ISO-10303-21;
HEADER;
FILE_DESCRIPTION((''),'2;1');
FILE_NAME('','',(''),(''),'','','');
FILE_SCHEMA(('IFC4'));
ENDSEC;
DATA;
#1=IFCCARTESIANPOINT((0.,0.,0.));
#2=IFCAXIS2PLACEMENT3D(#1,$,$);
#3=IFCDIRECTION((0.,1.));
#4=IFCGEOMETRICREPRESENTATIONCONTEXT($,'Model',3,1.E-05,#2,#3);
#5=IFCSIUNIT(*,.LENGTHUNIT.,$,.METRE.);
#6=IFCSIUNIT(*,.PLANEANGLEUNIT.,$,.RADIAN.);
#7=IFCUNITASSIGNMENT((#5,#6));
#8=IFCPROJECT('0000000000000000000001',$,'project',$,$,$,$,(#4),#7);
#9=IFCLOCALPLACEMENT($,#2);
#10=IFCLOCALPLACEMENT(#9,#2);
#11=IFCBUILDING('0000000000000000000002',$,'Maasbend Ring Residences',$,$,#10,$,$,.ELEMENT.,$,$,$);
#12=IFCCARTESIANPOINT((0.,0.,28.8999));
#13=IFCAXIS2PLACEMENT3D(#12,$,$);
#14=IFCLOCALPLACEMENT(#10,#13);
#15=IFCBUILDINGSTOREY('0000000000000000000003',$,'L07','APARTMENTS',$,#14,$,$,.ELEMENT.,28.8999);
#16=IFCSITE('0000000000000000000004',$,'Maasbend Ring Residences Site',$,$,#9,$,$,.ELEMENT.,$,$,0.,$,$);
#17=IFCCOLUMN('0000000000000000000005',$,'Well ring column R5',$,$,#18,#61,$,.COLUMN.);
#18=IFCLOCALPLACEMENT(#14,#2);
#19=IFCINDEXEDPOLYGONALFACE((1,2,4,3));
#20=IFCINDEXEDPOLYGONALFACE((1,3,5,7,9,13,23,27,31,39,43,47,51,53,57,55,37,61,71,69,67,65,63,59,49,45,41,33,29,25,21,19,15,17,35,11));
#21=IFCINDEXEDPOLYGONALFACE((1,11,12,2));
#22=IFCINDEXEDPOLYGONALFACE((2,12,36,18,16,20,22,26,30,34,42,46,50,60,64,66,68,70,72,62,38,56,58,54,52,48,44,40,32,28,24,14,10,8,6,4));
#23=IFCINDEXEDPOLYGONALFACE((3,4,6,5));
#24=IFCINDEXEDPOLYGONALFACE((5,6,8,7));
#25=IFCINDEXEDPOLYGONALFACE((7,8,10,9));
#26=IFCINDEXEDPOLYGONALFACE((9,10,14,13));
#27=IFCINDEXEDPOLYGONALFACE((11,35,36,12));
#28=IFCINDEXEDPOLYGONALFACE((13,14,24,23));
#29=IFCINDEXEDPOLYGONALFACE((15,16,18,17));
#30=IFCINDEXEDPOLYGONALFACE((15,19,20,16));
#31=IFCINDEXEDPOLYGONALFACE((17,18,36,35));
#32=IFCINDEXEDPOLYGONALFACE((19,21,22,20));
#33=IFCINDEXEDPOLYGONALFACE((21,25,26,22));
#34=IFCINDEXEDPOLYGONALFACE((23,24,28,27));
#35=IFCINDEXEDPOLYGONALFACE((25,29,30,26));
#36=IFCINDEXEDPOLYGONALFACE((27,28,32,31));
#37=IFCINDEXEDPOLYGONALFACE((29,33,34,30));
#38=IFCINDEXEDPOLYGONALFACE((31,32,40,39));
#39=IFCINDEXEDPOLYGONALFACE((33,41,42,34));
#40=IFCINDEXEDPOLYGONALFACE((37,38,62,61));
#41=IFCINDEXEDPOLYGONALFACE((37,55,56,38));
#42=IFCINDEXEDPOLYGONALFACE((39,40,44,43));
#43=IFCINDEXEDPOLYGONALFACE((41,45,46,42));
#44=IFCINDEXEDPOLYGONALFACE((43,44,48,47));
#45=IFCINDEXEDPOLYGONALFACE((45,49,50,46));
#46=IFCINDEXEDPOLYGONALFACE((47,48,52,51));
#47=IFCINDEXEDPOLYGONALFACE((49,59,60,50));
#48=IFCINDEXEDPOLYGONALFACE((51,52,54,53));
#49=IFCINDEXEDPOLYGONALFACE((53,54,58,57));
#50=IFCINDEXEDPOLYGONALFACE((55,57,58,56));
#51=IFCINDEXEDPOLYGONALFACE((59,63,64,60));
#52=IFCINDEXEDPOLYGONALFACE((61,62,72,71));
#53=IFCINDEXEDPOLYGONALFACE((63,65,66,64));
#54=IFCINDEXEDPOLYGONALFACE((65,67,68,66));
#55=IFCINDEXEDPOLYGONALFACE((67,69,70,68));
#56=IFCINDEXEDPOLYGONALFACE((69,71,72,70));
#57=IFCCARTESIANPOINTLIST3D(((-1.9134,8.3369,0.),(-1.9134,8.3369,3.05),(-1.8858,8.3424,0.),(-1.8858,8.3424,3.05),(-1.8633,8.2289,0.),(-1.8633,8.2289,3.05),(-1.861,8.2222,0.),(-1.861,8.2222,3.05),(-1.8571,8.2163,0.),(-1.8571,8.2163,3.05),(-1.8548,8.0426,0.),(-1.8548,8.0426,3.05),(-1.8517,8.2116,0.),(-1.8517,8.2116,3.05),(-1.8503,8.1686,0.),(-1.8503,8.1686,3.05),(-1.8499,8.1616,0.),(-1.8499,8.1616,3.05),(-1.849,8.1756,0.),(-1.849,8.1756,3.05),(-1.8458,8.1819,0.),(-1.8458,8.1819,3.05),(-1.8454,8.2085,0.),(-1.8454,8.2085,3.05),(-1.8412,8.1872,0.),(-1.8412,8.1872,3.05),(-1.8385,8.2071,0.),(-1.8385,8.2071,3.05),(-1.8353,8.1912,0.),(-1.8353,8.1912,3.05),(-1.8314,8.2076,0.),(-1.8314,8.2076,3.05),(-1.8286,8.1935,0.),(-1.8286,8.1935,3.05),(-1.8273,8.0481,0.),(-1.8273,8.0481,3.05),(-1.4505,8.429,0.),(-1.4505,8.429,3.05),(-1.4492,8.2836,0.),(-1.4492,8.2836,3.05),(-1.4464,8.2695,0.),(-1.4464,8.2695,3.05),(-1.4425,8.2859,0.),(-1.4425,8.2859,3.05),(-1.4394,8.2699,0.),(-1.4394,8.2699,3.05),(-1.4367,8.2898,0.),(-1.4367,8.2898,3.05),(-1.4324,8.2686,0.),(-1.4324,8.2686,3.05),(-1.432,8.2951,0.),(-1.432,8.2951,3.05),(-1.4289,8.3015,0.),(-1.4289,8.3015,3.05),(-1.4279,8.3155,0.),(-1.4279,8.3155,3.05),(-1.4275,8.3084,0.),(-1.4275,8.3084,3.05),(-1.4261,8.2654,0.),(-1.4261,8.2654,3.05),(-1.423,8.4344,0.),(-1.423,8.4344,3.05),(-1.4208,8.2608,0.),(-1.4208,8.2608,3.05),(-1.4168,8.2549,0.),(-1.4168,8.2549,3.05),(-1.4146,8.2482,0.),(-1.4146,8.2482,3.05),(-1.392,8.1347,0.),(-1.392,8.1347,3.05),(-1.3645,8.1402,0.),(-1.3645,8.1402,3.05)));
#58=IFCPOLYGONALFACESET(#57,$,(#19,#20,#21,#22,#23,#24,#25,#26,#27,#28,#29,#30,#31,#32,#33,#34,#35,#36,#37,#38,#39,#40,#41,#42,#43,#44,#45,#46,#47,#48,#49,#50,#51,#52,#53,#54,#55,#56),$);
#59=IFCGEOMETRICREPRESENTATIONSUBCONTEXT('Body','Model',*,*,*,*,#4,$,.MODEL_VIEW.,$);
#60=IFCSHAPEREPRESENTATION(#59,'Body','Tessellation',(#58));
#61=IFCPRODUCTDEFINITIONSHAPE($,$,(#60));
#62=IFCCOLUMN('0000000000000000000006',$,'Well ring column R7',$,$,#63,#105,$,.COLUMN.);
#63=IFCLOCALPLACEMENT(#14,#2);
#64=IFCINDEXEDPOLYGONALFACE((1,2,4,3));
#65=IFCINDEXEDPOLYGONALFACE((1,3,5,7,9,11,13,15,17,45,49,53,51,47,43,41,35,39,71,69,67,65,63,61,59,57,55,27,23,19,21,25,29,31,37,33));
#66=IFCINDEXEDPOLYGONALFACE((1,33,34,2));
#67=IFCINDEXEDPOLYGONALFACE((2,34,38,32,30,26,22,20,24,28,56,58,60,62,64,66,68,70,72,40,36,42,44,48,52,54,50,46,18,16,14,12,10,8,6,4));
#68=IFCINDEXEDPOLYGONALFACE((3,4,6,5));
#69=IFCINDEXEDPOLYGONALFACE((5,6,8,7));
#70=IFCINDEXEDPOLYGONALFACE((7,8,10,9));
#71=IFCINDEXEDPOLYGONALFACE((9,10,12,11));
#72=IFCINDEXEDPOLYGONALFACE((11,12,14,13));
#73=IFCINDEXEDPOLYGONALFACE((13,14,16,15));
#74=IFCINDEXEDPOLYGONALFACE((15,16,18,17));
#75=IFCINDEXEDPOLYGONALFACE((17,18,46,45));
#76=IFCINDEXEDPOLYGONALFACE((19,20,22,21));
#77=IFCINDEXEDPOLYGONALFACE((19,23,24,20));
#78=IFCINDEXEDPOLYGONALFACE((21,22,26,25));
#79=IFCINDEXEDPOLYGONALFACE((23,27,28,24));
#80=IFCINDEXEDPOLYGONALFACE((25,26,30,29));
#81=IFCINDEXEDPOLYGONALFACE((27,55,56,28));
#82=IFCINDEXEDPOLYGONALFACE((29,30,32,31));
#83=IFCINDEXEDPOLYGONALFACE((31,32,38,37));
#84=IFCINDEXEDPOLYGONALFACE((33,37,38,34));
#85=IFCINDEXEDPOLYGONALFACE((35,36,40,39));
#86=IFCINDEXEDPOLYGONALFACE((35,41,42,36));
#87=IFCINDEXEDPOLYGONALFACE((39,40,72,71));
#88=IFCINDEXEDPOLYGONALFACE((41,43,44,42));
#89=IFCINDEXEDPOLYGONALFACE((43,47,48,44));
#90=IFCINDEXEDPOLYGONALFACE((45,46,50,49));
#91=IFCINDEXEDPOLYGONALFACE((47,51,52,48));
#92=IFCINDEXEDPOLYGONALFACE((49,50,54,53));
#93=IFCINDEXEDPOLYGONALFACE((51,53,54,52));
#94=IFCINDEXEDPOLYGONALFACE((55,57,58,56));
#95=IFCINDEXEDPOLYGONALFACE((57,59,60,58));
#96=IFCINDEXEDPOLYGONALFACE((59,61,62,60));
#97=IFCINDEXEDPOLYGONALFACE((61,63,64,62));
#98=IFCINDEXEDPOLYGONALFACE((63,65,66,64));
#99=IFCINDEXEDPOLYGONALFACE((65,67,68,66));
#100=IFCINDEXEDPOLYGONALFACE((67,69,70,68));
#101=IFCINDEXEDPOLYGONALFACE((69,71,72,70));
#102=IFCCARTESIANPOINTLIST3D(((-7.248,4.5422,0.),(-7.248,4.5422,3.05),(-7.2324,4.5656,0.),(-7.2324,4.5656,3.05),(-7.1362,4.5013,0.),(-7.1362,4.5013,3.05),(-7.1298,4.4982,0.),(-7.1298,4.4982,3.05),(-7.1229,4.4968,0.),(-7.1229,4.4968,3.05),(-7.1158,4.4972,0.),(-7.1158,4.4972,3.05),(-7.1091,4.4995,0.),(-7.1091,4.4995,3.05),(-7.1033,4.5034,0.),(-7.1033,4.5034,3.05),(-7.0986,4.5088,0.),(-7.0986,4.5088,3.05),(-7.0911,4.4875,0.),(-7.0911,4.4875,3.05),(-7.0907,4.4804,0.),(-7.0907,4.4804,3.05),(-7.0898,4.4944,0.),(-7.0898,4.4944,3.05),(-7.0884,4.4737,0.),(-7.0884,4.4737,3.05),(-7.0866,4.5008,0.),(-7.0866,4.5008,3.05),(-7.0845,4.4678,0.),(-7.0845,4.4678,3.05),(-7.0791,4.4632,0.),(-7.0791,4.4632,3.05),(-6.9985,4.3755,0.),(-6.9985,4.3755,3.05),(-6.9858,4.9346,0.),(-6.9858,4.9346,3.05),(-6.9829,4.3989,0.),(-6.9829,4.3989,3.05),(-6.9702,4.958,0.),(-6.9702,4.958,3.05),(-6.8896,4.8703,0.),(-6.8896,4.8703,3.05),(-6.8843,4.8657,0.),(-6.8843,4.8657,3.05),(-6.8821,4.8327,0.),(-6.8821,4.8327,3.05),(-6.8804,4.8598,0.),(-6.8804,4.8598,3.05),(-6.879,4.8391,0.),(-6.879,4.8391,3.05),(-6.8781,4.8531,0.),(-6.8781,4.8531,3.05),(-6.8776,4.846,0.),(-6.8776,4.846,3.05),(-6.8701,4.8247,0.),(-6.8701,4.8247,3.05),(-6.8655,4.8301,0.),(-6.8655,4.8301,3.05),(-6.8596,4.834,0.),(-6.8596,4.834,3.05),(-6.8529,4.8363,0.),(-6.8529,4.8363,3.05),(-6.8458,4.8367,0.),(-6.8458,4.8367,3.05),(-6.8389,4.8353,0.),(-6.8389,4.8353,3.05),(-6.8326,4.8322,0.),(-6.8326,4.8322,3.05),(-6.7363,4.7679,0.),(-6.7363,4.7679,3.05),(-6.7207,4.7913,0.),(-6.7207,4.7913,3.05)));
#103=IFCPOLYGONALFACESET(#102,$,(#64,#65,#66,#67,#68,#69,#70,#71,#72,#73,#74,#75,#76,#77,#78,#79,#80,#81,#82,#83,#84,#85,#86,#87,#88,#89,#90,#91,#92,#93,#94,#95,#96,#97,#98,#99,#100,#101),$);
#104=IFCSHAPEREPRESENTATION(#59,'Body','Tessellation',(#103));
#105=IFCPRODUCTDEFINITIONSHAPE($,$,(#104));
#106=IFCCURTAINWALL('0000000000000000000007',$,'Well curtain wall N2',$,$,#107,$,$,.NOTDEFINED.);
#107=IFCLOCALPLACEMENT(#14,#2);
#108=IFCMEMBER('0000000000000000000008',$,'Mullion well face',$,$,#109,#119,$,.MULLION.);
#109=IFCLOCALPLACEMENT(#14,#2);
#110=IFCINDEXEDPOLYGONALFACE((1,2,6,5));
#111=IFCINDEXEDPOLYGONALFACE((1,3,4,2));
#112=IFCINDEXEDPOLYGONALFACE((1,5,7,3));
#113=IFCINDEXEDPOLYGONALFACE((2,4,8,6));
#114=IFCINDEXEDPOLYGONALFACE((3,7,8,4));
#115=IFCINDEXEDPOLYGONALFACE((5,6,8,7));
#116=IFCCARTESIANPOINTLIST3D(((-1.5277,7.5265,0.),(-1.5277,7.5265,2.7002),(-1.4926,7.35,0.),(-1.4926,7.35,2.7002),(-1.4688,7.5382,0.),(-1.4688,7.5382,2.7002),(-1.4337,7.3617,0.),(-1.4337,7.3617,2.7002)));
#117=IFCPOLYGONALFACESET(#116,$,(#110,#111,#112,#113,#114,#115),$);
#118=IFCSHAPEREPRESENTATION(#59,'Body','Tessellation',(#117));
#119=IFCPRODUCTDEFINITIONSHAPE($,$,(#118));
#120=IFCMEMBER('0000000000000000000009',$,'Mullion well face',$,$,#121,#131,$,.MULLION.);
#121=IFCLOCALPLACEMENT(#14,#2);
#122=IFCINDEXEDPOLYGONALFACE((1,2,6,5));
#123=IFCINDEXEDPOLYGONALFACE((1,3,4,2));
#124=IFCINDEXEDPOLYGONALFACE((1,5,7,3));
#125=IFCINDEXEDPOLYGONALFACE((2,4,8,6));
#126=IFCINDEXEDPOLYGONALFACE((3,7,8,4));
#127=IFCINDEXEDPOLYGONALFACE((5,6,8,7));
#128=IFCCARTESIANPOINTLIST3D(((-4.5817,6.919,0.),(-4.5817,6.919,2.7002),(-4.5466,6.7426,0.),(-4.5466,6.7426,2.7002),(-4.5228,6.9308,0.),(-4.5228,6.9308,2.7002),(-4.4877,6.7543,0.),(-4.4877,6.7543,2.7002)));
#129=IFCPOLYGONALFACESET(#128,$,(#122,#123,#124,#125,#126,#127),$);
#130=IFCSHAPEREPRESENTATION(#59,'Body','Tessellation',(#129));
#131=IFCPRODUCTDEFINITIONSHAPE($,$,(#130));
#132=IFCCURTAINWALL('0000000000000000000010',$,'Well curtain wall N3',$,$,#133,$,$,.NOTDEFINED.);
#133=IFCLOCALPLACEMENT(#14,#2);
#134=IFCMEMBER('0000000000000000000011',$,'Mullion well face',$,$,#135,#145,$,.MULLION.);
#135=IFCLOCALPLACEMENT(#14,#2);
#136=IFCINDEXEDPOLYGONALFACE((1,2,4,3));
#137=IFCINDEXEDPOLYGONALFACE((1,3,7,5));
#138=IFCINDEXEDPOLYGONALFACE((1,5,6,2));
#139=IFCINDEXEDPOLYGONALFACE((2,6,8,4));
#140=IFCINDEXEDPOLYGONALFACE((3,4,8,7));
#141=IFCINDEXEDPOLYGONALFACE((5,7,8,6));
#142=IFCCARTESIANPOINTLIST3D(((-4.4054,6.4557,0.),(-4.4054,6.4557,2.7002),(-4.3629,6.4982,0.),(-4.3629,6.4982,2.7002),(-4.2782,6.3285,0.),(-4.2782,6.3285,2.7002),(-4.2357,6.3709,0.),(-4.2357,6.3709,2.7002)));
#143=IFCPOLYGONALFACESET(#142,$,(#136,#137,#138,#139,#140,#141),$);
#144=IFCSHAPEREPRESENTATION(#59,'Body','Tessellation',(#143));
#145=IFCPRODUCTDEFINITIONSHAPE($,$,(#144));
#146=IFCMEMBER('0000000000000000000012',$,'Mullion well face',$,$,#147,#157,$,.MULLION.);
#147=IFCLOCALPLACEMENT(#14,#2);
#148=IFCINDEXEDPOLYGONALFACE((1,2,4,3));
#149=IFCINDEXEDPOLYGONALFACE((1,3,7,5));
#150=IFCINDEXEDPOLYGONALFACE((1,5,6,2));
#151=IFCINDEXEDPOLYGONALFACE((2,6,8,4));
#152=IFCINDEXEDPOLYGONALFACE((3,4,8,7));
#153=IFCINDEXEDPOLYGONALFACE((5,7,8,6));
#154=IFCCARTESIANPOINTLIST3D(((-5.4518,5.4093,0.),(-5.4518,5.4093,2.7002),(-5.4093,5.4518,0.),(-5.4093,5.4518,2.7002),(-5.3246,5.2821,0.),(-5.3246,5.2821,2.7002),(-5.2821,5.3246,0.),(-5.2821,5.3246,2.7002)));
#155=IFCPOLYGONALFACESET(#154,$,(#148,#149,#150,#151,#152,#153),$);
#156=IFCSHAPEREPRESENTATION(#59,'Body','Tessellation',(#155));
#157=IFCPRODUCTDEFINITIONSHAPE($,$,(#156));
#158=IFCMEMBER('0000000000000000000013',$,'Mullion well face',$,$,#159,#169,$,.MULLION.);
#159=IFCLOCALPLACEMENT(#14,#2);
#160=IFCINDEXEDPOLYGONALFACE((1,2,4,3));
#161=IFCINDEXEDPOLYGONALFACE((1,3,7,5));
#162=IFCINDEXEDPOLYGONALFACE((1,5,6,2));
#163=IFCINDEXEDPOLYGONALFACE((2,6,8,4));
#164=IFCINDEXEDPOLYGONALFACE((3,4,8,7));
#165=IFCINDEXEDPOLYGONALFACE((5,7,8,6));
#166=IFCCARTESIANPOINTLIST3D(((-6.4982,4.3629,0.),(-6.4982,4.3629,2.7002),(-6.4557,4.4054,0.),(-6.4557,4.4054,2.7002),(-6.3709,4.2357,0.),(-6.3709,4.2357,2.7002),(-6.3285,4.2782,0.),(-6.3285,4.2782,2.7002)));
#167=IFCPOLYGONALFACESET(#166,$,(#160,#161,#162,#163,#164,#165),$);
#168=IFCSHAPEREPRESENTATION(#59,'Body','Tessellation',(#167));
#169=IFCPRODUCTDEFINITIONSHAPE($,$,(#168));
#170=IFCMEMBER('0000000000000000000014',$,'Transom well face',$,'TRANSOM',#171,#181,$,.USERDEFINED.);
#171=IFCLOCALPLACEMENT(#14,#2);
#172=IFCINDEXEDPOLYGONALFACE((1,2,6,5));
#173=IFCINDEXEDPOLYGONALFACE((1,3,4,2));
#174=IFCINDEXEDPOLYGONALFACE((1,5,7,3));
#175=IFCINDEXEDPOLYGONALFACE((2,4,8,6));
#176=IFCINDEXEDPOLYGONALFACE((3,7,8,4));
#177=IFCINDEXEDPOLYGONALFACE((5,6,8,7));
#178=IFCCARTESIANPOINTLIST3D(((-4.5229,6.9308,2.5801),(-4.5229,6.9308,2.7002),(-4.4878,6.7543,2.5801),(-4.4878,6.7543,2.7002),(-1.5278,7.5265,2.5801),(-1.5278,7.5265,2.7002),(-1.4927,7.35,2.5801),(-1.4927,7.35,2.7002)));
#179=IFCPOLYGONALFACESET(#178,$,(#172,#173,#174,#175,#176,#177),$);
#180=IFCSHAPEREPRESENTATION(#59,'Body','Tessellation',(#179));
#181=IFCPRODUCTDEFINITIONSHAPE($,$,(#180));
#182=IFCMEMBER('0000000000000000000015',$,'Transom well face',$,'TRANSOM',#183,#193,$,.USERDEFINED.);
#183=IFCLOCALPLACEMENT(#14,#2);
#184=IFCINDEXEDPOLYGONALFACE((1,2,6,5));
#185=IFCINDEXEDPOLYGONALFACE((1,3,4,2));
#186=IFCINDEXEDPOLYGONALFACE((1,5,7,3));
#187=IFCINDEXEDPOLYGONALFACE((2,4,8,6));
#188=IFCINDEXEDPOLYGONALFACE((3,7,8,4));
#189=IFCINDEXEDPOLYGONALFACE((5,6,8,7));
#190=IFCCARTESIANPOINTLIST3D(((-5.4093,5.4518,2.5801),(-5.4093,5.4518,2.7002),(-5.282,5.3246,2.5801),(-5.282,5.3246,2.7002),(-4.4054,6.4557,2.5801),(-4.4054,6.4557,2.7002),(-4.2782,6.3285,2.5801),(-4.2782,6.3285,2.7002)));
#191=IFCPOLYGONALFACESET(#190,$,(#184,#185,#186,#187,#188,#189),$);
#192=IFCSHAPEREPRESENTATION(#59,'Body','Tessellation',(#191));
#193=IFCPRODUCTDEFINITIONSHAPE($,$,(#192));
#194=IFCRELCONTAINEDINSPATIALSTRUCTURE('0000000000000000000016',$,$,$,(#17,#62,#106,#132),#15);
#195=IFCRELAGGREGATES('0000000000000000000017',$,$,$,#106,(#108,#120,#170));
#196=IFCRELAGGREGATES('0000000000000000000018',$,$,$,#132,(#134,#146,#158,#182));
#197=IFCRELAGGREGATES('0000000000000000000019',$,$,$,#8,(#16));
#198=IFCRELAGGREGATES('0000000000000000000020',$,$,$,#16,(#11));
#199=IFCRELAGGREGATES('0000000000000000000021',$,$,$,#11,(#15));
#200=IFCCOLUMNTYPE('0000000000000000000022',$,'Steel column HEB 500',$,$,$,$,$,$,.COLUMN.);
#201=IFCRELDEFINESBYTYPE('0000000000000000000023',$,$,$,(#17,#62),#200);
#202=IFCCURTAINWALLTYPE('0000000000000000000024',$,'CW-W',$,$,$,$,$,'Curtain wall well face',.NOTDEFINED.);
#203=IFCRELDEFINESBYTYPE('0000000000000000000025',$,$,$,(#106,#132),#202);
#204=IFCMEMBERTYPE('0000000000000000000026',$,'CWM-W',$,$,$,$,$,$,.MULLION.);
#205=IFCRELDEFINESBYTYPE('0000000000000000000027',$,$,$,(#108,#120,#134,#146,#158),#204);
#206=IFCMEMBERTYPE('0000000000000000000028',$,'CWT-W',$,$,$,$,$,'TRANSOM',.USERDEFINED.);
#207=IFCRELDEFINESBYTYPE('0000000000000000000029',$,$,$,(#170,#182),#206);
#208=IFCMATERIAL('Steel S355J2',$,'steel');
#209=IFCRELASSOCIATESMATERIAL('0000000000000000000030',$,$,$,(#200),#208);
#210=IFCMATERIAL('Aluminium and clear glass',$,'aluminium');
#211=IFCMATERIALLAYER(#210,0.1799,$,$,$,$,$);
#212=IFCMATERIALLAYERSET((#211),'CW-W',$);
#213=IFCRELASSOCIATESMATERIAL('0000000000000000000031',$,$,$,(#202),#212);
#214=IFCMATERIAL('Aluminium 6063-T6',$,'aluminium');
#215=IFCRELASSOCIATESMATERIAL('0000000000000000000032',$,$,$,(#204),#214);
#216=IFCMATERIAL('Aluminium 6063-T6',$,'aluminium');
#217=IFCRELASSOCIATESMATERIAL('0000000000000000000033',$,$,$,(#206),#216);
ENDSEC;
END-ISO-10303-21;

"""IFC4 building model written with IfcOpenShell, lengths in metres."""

from ifc_helpers import new_model, si_unit, direction, frame, origin, origin_2d, place, context, subcontext, project, spatial, rectangle, i_section, extrude, material, layer, layer_set, material_profile, profile_set, type_object, element, aggregate, save


model = new_model("IFC4")

# Units and contexts
model_context = context("Model", 3, precision=1e-05, world=origin(), true_north=direction((0.0, 1.0)))
body_context = subcontext(model_context, "Body", "Model", "MODEL_VIEW")
ifc_project = project(units=[si_unit("LENGTHUNIT", "METRE"), si_unit("PLANEANGLEUNIT", "RADIAN")], contexts=[model_context])

# Site, building, storey
site_placement = place(None, origin())
site = spatial("IfcSite", under=ifc_project, at=site_placement, Name="Maasbend Ring Residences Site", CompositionType="ELEMENT", RefElevation=0.0)
building_placement = place(site_placement, origin())
building = spatial("IfcBuilding", under=site, at=building_placement, Name="Maasbend Ring Residences", CompositionType="ELEMENT")
storey_placement = place(building_placement, frame((0.0, 0.0, 28.8999)))
storey = spatial("IfcBuildingStorey", under=building, at=storey_placement, Name="L07", Description="APARTMENTS", CompositionType="ELEMENT", Elevation=28.8999)

# Columns
ifc_material_1 = material(Name="Steel S355J2", Category="steel")
ifc_material_profile_1 = material_profile(ifc_material_1, i_section(OverallWidth=0.3, OverallDepth=0.5, WebThickness=0.0144, FlangeThickness=0.0281, FilletRadius=0.0271, at=origin_2d()), Name="HEB 500")
ifc_profile_set_1 = profile_set([ifc_material_profile_1], Name="Steel S355J2")
column_type = type_object("IfcColumnType", Name="Steel column HEB 500", PredefinedType="COLUMN", material=ifc_profile_set_1)
for number, where, z_axis, x_axis, name in (
    (1, (-1.6389, 8.2385, 0.0), (0.0, 0.0, 1.0), (-0.19509, 0.980785, 0.0), "Well ring column R5"),
    (2, (-6.9844, 4.6667, 0.0), (0.0, 0.0, 1.0), (-0.83147, 0.55557, 0.0), "Well ring column R7"),
):
    element("IfcColumn", number, at=place(storey_placement, frame(where, z_axis=z_axis, x_axis=x_axis)), inside=storey, type_object=column_type, Name=name, PredefinedType="COLUMN", context=body_context, shape_type="SweptSolid", body=[
        extrude(i_section(OverallWidth=0.3, OverallDepth=0.5, WebThickness=0.0144, FlangeThickness=0.0281, FilletRadius=0.0271, at=origin_2d()), origin(), (0.0, 0.0, 1.0), 3.05),
    ])

# Curtain walls, members
ifc_material_2 = material(Name="Aluminium and clear glass", Category="aluminium")
ifc_layer_1 = layer(ifc_material_2, 0.1799)
ifc_layer_set_1 = layer_set([ifc_layer_1], Name="CW-W")
curtain_wall_type = type_object("IfcCurtainWallType", Name="CW-W", ElementType="Curtain wall well face", PredefinedType="NOTDEFINED", material=ifc_layer_set_1)
curtain_wall_1_placement = place(storey_placement, origin())
curtain_wall_1 = element("IfcCurtainWall", 3, at=curtain_wall_1_placement, inside=storey, type_object=curtain_wall_type, Name="Well curtain wall N2", PredefinedType="NOTDEFINED")
ifc_material_3 = material(Name="Aluminium 6063-T6", Category="aluminium")
ifc_material_profile_2 = material_profile(ifc_material_3, rectangle(XDim=0.1799, YDim=0.0601, at=origin_2d()), Name="AL 180x60")
ifc_profile_set_2 = profile_set([ifc_material_profile_2], Name="Aluminium 6063-T6")
member_type_1 = type_object("IfcMemberType", Name="CWM-W", PredefinedType="MULLION", material=ifc_profile_set_2)
member_1_placement = place(storey_placement, frame((-1.4807, 7.4441, 0.0), z_axis=(0.0, 0.0, 1.0), x_axis=(0.19509, -0.980785, 0.0)))
member_1 = element("IfcMember", 4, at=member_1_placement, type_object=member_type_1, Name="Mullion well face", PredefinedType="MULLION", context=body_context, shape_type="SweptSolid", body=[
    extrude(rectangle(XDim=0.1799, YDim=0.0601, at=origin_2d()), origin(), (0.0, 0.0, 1.0), 2.7002),
])
member_2_placement = place(storey_placement, frame((-4.5347, 6.8367, 0.0), z_axis=(0.0, 0.0, 1.0), x_axis=(0.19509, -0.980785, 0.0)))
member_2 = element("IfcMember", 5, at=member_2_placement, type_object=member_type_1, Name="Mullion well face", PredefinedType="MULLION", context=body_context, shape_type="SweptSolid", body=[
    extrude(rectangle(XDim=0.1799, YDim=0.0601, at=origin_2d()), origin(), (0.0, 0.0, 1.0), 2.7002),
])
curtain_wall_2_placement = place(storey_placement, origin())
curtain_wall_2 = element("IfcCurtainWall", 6, at=curtain_wall_2_placement, inside=storey, type_object=curtain_wall_type, Name="Well curtain wall N3", PredefinedType="NOTDEFINED")
member_3_placement = place(storey_placement, frame((-4.3206, 6.4133, 0.0), z_axis=(0.0, 0.0, 1.0), x_axis=(0.707107, -0.707107, 0.0)))
member_3 = element("IfcMember", 7, at=member_3_placement, type_object=member_type_1, Name="Mullion well face", PredefinedType="MULLION", context=body_context, shape_type="SweptSolid", body=[
    extrude(rectangle(XDim=0.1799, YDim=0.0601, at=origin_2d()), origin(), (0.0, 0.0, 1.0), 2.7002),
])
member_4_placement = place(storey_placement, frame((-5.3669, 5.3669, 0.0), z_axis=(0.0, 0.0, 1.0), x_axis=(0.707107, -0.707107, 0.0)))
member_4 = element("IfcMember", 8, at=member_4_placement, type_object=member_type_1, Name="Mullion well face", PredefinedType="MULLION", context=body_context, shape_type="SweptSolid", body=[
    extrude(rectangle(XDim=0.1799, YDim=0.0601, at=origin_2d()), origin(), (0.0, 0.0, 1.0), 2.7002),
])
member_5_placement = place(storey_placement, frame((-6.4133, 4.3206, 0.0), z_axis=(0.0, 0.0, 1.0), x_axis=(0.707107, -0.707107, 0.0)))
member_5 = element("IfcMember", 9, at=member_5_placement, type_object=member_type_1, Name="Mullion well face", PredefinedType="MULLION", context=body_context, shape_type="SweptSolid", body=[
    extrude(rectangle(XDim=0.1799, YDim=0.0601, at=origin_2d()), origin(), (0.0, 0.0, 1.0), 2.7002),
])

# Members
ifc_material_4 = material(Name="Aluminium 6063-T6", Category="aluminium")
ifc_material_profile_3 = material_profile(ifc_material_4, rectangle(XDim=0.1799, YDim=0.1201, at=origin_2d()), Name="AL 180x120")
ifc_profile_set_3 = profile_set([ifc_material_profile_3], Name="Aluminium 6063-T6")
member_type_2 = type_object("IfcMemberType", Name="CWT-W", ElementType="TRANSOM", PredefinedType="USERDEFINED", material=ifc_profile_set_3)
member_6_placement = place(storey_placement, frame((-1.5103, 7.4382, 2.6401), z_axis=(-0.980789, -0.195071, 0.0), x_axis=(0.195071, -0.980789, 0.0)))
member_6 = element("IfcMember", 10, at=member_6_placement, type_object=member_type_2, Name="Transom well face", ObjectType="TRANSOM", PredefinedType="USERDEFINED", context=body_context, shape_type="SweptSolid", body=[
    extrude(rectangle(XDim=0.1799, YDim=0.1201, at=origin_2d()), origin(), (0.0, 0.0, 1.0), 3.0537),
])
member_7_placement = place(storey_placement, frame((-4.3418, 6.3921, 2.6401), z_axis=(-0.707107, -0.707107, 0.0), x_axis=(0.707107, -0.707107, 0.0)))
member_7 = element("IfcMember", 11, at=member_7_placement, type_object=member_type_2, Name="Transom well face", ObjectType="TRANSOM", PredefinedType="USERDEFINED", context=body_context, shape_type="SweptSolid", body=[
    extrude(rectangle(XDim=0.1799, YDim=0.1201, at=origin_2d()), origin(), (0.0, 0.0, 1.0), 1.4197),
])

aggregate(curtain_wall_1, [member_1, member_2, member_6])
aggregate(curtain_wall_2, [member_3, member_4, member_5, member_7])

save(model, "model.ifc")
